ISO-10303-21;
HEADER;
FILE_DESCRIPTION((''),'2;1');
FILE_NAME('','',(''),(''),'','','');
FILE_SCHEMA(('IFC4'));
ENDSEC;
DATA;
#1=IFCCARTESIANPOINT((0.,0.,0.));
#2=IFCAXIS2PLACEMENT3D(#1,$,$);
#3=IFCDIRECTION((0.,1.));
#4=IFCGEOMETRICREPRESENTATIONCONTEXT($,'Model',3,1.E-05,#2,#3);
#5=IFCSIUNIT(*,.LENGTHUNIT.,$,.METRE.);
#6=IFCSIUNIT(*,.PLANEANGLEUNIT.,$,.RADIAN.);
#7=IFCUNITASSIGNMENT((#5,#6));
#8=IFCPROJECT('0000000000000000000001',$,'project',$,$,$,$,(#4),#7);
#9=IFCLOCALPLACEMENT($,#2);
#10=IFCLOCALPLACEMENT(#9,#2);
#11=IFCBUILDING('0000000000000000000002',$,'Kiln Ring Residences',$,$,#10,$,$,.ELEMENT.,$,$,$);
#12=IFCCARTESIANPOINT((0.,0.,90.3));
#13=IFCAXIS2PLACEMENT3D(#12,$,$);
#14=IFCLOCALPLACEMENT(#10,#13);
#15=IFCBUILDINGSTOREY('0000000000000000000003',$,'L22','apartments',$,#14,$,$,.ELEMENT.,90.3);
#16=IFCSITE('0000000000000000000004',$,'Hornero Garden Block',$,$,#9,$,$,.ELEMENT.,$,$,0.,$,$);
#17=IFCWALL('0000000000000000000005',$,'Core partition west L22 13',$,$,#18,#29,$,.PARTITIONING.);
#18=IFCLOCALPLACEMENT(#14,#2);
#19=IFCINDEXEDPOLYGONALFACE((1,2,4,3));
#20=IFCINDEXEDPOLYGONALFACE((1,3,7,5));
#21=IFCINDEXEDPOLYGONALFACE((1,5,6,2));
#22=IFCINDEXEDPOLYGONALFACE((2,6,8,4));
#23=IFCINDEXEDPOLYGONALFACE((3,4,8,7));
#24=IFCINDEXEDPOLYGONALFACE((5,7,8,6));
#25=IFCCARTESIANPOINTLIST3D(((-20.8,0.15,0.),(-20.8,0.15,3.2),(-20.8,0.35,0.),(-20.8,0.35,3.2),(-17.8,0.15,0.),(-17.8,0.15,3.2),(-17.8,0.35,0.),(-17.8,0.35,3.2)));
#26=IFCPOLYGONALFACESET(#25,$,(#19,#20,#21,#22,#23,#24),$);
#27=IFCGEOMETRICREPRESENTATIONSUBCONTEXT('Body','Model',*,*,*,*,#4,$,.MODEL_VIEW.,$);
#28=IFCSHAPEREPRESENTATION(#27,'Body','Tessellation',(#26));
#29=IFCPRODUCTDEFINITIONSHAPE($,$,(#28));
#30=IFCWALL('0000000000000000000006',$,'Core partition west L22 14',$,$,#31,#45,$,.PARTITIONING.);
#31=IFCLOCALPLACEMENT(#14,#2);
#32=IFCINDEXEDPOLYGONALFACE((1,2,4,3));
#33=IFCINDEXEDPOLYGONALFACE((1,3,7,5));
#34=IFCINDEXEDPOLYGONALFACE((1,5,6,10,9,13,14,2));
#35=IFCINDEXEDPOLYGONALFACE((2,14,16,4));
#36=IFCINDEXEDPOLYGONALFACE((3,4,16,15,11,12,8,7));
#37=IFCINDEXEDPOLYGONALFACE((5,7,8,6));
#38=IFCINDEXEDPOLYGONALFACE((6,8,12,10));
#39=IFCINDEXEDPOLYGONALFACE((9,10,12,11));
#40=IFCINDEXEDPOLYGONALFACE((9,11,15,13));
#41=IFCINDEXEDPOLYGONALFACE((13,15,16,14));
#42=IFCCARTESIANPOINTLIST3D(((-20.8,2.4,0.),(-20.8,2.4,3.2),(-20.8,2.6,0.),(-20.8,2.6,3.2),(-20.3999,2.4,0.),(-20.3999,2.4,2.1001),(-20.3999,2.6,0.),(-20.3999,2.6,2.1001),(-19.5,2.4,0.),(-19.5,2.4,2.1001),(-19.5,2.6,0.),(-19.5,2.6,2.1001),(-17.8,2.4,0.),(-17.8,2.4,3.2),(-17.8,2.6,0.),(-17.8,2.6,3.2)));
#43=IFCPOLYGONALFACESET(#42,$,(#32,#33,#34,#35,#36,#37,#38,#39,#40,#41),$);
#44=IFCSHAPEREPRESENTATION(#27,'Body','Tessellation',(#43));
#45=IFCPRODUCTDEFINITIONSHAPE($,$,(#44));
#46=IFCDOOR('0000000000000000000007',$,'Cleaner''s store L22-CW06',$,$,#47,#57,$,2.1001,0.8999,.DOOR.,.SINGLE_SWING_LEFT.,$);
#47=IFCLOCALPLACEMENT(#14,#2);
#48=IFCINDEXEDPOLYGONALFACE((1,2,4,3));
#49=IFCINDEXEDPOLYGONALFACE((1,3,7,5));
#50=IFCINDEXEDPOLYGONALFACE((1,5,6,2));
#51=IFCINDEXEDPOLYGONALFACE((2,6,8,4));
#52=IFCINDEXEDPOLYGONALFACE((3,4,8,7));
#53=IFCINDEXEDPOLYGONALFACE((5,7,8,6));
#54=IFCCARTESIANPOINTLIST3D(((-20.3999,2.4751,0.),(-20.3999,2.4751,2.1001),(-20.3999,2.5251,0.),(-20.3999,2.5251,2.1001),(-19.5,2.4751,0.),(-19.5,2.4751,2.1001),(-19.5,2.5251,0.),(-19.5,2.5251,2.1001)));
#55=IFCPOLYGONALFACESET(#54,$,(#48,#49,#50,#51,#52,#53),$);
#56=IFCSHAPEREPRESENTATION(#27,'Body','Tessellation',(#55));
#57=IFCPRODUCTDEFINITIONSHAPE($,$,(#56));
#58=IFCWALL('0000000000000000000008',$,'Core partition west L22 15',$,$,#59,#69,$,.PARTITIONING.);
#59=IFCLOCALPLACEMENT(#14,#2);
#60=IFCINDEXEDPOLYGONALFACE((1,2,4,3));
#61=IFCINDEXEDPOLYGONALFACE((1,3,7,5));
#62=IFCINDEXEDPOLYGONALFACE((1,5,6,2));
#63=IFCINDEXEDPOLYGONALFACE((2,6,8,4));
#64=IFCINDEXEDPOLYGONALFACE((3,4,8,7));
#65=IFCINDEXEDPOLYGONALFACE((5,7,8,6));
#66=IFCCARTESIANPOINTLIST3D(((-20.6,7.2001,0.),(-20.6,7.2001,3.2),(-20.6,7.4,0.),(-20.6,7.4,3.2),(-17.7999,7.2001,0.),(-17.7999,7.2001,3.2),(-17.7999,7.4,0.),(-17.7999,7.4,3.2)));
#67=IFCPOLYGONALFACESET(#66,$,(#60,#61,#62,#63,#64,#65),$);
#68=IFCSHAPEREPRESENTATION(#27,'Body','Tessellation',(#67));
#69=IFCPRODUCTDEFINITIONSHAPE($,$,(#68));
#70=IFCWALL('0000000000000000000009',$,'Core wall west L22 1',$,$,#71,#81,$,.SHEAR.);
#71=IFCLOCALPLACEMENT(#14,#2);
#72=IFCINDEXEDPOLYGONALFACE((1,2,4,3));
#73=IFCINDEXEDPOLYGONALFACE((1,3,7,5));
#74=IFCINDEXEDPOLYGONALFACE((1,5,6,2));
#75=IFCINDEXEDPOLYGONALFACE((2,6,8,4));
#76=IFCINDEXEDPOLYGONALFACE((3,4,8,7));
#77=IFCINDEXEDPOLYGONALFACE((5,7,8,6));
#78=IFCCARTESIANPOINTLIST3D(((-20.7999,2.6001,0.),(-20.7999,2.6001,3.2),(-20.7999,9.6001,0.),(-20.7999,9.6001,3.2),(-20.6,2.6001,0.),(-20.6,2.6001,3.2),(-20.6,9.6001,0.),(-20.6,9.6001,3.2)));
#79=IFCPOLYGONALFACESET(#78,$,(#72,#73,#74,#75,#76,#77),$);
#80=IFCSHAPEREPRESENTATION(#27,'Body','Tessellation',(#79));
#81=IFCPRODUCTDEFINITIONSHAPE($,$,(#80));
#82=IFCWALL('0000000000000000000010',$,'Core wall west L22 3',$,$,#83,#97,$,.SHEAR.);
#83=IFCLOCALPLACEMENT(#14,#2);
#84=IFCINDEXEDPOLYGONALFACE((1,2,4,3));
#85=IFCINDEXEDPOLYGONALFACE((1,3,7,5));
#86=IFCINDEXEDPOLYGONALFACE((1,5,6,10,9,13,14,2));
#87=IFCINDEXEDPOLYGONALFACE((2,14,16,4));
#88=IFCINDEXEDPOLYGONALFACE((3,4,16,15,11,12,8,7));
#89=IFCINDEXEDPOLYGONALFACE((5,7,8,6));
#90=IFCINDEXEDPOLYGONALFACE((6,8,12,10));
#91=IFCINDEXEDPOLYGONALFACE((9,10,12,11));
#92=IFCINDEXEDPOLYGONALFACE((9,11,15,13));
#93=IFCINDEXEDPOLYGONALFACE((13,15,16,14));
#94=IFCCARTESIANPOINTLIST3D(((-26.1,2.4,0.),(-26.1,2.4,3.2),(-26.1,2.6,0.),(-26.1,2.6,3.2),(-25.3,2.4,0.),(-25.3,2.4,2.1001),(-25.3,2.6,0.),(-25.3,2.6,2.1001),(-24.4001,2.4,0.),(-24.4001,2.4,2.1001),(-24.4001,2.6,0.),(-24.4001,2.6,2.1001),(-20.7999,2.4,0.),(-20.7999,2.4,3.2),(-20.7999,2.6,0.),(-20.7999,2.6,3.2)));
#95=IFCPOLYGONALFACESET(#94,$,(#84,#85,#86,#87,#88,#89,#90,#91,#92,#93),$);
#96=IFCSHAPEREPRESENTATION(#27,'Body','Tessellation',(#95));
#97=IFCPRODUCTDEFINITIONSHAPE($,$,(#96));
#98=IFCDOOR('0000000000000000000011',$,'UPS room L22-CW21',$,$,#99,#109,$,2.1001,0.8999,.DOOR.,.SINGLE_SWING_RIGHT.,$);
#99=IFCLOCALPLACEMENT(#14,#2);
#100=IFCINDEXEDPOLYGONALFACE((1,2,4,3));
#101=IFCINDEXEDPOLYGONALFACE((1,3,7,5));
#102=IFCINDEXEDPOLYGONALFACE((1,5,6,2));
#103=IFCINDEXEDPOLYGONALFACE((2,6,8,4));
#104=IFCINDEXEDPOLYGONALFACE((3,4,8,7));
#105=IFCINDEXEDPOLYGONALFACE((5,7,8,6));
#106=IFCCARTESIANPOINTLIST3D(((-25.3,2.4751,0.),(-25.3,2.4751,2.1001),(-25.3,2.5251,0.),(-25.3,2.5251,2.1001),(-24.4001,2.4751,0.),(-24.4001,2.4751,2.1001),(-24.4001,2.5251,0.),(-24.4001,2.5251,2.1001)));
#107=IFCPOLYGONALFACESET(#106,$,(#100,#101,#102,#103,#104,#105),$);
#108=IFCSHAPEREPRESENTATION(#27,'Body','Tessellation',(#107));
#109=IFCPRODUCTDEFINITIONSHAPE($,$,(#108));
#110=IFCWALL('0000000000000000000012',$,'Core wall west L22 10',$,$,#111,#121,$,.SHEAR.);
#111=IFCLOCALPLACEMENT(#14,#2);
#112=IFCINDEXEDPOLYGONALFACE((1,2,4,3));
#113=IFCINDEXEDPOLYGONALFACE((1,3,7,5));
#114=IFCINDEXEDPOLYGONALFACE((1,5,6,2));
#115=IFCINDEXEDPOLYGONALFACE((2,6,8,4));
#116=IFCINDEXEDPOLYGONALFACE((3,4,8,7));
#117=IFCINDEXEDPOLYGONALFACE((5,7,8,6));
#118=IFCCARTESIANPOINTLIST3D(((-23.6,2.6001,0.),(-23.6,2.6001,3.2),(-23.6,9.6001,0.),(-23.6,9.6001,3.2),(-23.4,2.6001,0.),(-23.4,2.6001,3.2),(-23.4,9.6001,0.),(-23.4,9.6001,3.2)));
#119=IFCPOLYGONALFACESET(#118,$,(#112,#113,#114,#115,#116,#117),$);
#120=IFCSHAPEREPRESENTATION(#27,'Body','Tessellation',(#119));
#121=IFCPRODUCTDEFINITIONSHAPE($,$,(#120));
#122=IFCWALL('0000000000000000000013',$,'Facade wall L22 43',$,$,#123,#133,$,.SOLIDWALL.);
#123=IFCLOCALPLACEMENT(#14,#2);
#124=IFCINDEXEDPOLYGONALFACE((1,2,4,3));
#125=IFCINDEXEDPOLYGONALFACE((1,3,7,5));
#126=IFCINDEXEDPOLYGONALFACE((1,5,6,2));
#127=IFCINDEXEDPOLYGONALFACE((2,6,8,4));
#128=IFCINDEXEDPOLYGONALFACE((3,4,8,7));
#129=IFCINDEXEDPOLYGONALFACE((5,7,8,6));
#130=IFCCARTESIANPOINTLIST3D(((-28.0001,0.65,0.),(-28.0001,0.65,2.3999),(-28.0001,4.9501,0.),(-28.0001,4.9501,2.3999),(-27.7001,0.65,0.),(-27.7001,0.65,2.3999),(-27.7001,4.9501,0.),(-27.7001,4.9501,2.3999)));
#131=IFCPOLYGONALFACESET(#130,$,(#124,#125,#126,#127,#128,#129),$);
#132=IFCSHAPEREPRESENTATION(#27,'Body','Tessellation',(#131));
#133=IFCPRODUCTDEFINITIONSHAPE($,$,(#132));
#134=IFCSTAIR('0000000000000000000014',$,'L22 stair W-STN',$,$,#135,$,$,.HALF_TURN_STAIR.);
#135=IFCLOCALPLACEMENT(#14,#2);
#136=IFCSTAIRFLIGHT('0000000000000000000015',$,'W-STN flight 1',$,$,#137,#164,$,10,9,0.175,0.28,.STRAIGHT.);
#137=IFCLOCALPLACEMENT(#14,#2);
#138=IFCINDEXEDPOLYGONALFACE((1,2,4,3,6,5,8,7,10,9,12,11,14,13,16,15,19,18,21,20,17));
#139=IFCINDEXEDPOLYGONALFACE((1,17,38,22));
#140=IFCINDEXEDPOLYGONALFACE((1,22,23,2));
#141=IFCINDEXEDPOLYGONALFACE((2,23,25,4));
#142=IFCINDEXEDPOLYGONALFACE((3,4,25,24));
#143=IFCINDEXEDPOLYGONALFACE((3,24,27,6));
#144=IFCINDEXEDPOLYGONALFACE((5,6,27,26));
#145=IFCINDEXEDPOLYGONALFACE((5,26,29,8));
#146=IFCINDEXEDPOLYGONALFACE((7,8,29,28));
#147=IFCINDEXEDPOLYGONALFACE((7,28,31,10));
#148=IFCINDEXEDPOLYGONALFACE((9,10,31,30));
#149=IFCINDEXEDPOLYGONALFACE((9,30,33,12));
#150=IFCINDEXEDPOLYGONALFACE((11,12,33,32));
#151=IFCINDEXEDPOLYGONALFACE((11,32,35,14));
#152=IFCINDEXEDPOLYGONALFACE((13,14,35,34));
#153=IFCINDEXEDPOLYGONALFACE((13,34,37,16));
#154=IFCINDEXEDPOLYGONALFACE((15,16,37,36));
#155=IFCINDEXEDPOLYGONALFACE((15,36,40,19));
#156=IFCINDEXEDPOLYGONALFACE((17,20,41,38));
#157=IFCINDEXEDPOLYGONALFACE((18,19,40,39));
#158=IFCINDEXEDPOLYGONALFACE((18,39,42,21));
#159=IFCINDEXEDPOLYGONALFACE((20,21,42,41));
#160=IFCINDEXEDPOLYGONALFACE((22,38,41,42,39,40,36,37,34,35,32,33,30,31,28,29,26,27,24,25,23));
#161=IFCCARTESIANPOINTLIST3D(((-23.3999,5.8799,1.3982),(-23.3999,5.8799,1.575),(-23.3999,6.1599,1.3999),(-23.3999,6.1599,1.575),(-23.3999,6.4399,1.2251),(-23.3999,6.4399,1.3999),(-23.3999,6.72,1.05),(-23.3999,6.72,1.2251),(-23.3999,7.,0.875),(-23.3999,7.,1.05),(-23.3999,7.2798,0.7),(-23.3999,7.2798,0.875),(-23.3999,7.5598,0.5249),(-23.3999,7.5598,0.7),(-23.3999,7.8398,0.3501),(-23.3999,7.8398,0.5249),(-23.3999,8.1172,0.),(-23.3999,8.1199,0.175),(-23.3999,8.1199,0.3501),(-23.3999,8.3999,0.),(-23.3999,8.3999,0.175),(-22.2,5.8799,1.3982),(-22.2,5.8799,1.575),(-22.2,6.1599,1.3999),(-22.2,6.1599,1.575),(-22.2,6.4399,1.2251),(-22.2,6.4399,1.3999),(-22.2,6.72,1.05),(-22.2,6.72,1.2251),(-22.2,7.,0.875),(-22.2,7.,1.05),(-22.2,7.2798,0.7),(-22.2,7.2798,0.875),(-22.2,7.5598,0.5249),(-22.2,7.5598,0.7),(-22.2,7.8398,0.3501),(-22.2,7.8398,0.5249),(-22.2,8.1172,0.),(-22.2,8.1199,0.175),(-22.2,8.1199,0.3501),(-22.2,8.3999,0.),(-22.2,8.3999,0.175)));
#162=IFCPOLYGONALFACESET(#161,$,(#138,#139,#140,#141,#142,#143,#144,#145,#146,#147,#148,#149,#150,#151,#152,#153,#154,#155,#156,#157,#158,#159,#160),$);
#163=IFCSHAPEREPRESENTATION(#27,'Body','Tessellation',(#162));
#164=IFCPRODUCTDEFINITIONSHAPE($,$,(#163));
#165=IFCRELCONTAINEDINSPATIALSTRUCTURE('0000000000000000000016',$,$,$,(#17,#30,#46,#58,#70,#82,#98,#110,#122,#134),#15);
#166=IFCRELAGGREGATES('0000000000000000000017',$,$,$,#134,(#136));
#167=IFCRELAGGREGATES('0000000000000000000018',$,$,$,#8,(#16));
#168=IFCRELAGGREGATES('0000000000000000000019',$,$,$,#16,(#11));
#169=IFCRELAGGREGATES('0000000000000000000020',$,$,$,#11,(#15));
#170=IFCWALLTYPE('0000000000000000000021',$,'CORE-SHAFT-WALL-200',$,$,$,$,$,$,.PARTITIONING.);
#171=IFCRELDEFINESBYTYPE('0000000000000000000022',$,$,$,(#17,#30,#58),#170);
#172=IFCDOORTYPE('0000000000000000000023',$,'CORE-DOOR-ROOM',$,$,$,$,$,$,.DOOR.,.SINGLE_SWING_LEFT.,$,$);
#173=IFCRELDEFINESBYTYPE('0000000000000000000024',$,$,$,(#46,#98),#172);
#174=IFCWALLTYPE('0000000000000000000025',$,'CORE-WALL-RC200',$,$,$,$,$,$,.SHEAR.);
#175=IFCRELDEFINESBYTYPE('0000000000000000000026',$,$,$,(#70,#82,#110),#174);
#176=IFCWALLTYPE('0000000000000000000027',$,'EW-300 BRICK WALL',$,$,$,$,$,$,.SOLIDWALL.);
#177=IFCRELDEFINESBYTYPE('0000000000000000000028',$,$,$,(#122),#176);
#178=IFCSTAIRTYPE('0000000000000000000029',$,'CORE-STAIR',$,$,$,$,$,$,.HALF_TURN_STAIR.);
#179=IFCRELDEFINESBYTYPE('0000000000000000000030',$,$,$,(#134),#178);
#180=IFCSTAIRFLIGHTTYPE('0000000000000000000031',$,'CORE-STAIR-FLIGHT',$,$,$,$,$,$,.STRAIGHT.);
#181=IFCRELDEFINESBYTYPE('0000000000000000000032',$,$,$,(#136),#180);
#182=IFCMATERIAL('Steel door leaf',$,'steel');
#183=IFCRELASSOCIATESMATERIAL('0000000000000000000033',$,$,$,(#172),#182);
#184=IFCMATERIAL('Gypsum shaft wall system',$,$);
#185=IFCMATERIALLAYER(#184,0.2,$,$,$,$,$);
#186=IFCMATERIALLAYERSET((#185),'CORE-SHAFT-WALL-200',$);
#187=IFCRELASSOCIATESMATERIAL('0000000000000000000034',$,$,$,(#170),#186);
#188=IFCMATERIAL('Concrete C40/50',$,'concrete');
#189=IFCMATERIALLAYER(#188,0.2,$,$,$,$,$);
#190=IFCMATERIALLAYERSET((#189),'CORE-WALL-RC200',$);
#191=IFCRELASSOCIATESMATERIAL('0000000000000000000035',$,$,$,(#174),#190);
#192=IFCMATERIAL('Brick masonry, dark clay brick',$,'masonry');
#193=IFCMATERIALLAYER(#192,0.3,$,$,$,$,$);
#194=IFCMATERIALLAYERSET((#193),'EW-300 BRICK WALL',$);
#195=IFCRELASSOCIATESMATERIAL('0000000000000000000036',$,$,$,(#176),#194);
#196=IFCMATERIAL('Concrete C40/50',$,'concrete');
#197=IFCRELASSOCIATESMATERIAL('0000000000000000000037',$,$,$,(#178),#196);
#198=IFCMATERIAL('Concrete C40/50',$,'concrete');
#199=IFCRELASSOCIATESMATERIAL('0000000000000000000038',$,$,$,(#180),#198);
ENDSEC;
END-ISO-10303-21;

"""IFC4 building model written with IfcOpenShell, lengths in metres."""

from ifc_helpers import new_model, si_unit, direction, frame, frame_2d, origin, place, context, subcontext, project, spatial, polyline, rectangle, outline, extrude, material, layer, layer_set, type_object, element, fill, aggregate, save


model = new_model("IFC4")

# Units and contexts
model_context = context("Model", 3, precision=1e-05, world=origin(), true_north=direction((0.0, 1.0)))
body_context = subcontext(model_context, "Body", "Model", "MODEL_VIEW")
ifc_project = project(units=[si_unit("LENGTHUNIT", "METRE"), si_unit("PLANEANGLEUNIT", "RADIAN")], contexts=[model_context])

# Site, building, storey
site_placement = place(None, origin())
site = spatial("IfcSite", under=ifc_project, at=site_placement, Name="Hornero Garden Block", CompositionType="ELEMENT", RefElevation=0.0)
building_placement = place(site_placement, origin())
building = spatial("IfcBuilding", under=site, at=building_placement, Name="Kiln Ring Residences", CompositionType="ELEMENT")
storey_placement = place(building_placement, frame((0.0, 0.0, 90.3)))
storey = spatial("IfcBuildingStorey", under=building, at=storey_placement, Name="L22", Description="apartments", CompositionType="ELEMENT", Elevation=90.3)

# Shared definitions
ifc_material_1 = material(Name="Steel door leaf", Category="steel")
door_type = type_object("IfcDoorType", Name="CORE-DOOR-ROOM", OperationType="SINGLE_SWING_LEFT", PredefinedType="DOOR", material=ifc_material_1)

# Wall
ifc_material_2 = material(Name="Gypsum shaft wall system")
ifc_layer_1 = layer(ifc_material_2, 0.2)
ifc_layer_set_1 = layer_set([ifc_layer_1], Name="CORE-SHAFT-WALL-200")
wall_type_1 = type_object("IfcWallType", Name="CORE-SHAFT-WALL-200", PredefinedType="PARTITIONING", material=ifc_layer_set_1)
wall_1_placement = place(storey_placement, frame((-17.8, 0.25, 0.0), z_axis=(0.0, 0.0, 1.0), x_axis=(-1.0, 0.0, 0.0)))
element("IfcWall", 1, at=wall_1_placement, inside=storey, type_object=wall_type_1, Name="Core partition west L22 13", PredefinedType="PARTITIONING", context=body_context, shape_type="SweptSolid", body=[
    extrude(rectangle(XDim=3.0, YDim=0.2, at=frame_2d((1.5, 0.0))), origin(), (0.0, 0.0, 1.0), 3.2),
])

# Wall, opening, door
wall_2_placement = place(storey_placement, frame((-17.8, 2.5, 0.0), z_axis=(0.0, 0.0, 1.0), x_axis=(-1.0, 0.0, 0.0)))
wall_2 = element("IfcWall", 2, at=wall_2_placement, inside=storey, type_object=wall_type_1, Name="Core partition west L22 14", PredefinedType="PARTITIONING", context=body_context, shape_type="SweptSolid", body=[
    extrude(rectangle(XDim=3.0, YDim=0.2, at=frame_2d((1.5, 0.0))), origin(), (0.0, 0.0, 1.0), 3.2),
])
opening_1_placement = place(wall_2_placement, frame((1.7, 0.0, 0.0)))
opening_1 = element("IfcOpeningElement", 3, at=opening_1_placement, cuts=wall_2, PredefinedType="OPENING", context=body_context, shape_type="SweptSolid", body=[
    extrude(rectangle(XDim=0.8999, YDim=2.1001, at=frame_2d((0.45, 1.05))), frame((0.0, 0.1099, 0.0), z_axis=(0.0, -1.0, 0.0), x_axis=(1.0, 0.0, 0.0)), (0.0, 0.0, 1.0), 0.22),
])
door_1_placement = place(opening_1_placement, origin())
door_1 = element("IfcDoor", 4, at=door_1_placement, inside=storey, type_object=door_type, Name="Cleaner's store L22-CW06", OperationType="SINGLE_SWING_LEFT", OverallHeight=2.1001, OverallWidth=0.8999, PredefinedType="DOOR", context=body_context, shape_type="SweptSolid", body=[
    extrude(rectangle(XDim=0.8999, YDim=2.1001, at=frame_2d((0.45, 1.05))), frame((0.0, 0.0249, 0.0), z_axis=(0.0, -1.0, 0.0), x_axis=(1.0, 0.0, 0.0)), (0.0, 0.0, 1.0), 0.05),
])
fill(opening_1, door_1)

# Walls
wall_3_placement = place(storey_placement, frame((-17.8, 7.3, 0.0), z_axis=(0.0, 0.0, 1.0), x_axis=(-1.0, 0.0, 0.0)))
element("IfcWall", 5, at=wall_3_placement, inside=storey, type_object=wall_type_1, Name="Core partition west L22 15", PredefinedType="PARTITIONING", context=body_context, shape_type="SweptSolid", body=[
    extrude(rectangle(XDim=2.8, YDim=0.2, at=frame_2d((1.3999, 0.0))), origin(), (0.0, 0.0, 1.0), 3.2),
])
ifc_material_3 = material(Name="Concrete C40/50", Category="concrete")
ifc_layer_2 = layer(ifc_material_3, 0.2)
ifc_layer_set_2 = layer_set([ifc_layer_2], Name="CORE-WALL-RC200")
wall_type_2 = type_object("IfcWallType", Name="CORE-WALL-RC200", PredefinedType="SHEAR", material=ifc_layer_set_2)
wall_4_placement = place(storey_placement, frame((-20.7, 2.6001, 0.0), z_axis=(0.0, 0.0, 1.0), x_axis=(0.0, 1.0, 0.0)))
element("IfcWall", 6, at=wall_4_placement, inside=storey, type_object=wall_type_2, Name="Core wall west L22 1", PredefinedType="SHEAR", context=body_context, shape_type="SweptSolid", body=[
    extrude(rectangle(XDim=7.0, YDim=0.2, at=frame_2d((3.5, 0.0))), origin(), (0.0, 0.0, 1.0), 3.2),
])

# Wall, opening, door
wall_5_placement = place(storey_placement, frame((-20.8, 2.5, 0.0), z_axis=(0.0, 0.0, 1.0), x_axis=(-1.0, 0.0, 0.0)))
wall_5 = element("IfcWall", 7, at=wall_5_placement, inside=storey, type_object=wall_type_2, Name="Core wall west L22 3", PredefinedType="SHEAR", context=body_context, shape_type="SweptSolid", body=[
    extrude(rectangle(XDim=5.3, YDim=0.2, at=frame_2d((2.6499, 0.0))), origin(), (0.0, 0.0, 1.0), 3.2),
])
opening_2_placement = place(wall_5_placement, frame((3.6001, 0.0, 0.0)))
opening_2 = element("IfcOpeningElement", 8, at=opening_2_placement, cuts=wall_5, PredefinedType="OPENING", context=body_context, shape_type="SweptSolid", body=[
    extrude(rectangle(XDim=0.8999, YDim=2.1001, at=frame_2d((0.45, 1.05))), frame((0.0, 0.1099, 0.0), z_axis=(0.0, -1.0, 0.0), x_axis=(1.0, 0.0, 0.0)), (0.0, 0.0, 1.0), 0.22),
])
door_2_placement = place(opening_2_placement, origin())
door_2 = element("IfcDoor", 9, at=door_2_placement, inside=storey, type_object=door_type, Name="UPS room L22-CW21", OperationType="SINGLE_SWING_RIGHT", OverallHeight=2.1001, OverallWidth=0.8999, PredefinedType="DOOR", context=body_context, shape_type="SweptSolid", body=[
    extrude(rectangle(XDim=0.8999, YDim=2.1001, at=frame_2d((0.45, 1.05))), frame((0.0, 0.0249, 0.0), z_axis=(0.0, -1.0, 0.0), x_axis=(1.0, 0.0, 0.0)), (0.0, 0.0, 1.0), 0.05),
])
fill(opening_2, door_2)

# Walls
wall_6_placement = place(storey_placement, frame((-23.5, 2.6001, 0.0), z_axis=(0.0, 0.0, 1.0), x_axis=(0.0, 1.0, 0.0)))
element("IfcWall", 10, at=wall_6_placement, inside=storey, type_object=wall_type_2, Name="Core wall west L22 10", PredefinedType="SHEAR", context=body_context, shape_type="SweptSolid", body=[
    extrude(rectangle(XDim=7.0, YDim=0.2, at=frame_2d((3.5, 0.0))), origin(), (0.0, 0.0, 1.0), 3.2),
])
ifc_material_4 = material(Name="Brick masonry, dark clay brick", Category="masonry")
ifc_layer_3 = layer(ifc_material_4, 0.3)
ifc_layer_set_3 = layer_set([ifc_layer_3], Name="EW-300 BRICK WALL")
wall_type_3 = type_object("IfcWallType", Name="EW-300 BRICK WALL", PredefinedType="SOLIDWALL", material=ifc_layer_set_3)
wall_7_placement = place(storey_placement, frame((-27.8501, 4.95, 0.0), z_axis=(0.0, 0.0, 1.0), x_axis=(0.0, -1.0, 0.0)))
element("IfcWall", 11, at=wall_7_placement, inside=storey, type_object=wall_type_3, Name="Facade wall L22 43", PredefinedType="SOLIDWALL", context=body_context, shape_type="SweptSolid", body=[
    extrude(rectangle(XDim=4.3, YDim=0.3, at=frame_2d((2.1499, 0.0))), origin(), (0.0, 0.0, 1.0), 2.3999),
])

# Stair, stair flight
ifc_material_5 = material(Name="Concrete C40/50", Category="concrete")
stair_type = type_object("IfcStairType", Name="CORE-STAIR", PredefinedType="HALF_TURN_STAIR", material=ifc_material_5)
stair_placement = place(storey_placement, origin())
stair = element("IfcStair", 12, at=stair_placement, inside=storey, type_object=stair_type, Name="L22 stair W-STN", PredefinedType="HALF_TURN_STAIR")
ifc_material_6 = material(Name="Concrete C40/50", Category="concrete")
stair_flight_type = type_object("IfcStairFlightType", Name="CORE-STAIR-FLIGHT", PredefinedType="STRAIGHT", material=ifc_material_6)
stair_flight_1_placement = place(storey_placement, frame((-22.8, 8.3999, 0.0), z_axis=(0.0, 0.0, 1.0), x_axis=(0.0, -1.0, 0.0)))
stair_flight_1 = element("IfcStairFlight", 13, at=stair_flight_1_placement, type_object=stair_flight_type, Name="W-STN flight 1", NumberOfRisers=10, NumberOfTreads=9, PredefinedType="STRAIGHT", RiserHeight=0.175, TreadLength=0.28, context=body_context, shape_type="SweptSolid", body=[
    extrude(outline(polyline([(0.0, 0.0), (0.0, 0.175), (0.28, 0.175), (0.28, 0.3501), (0.5601, 0.3501), (0.5601, 0.5249), (0.8401, 0.5249), (0.8401, 0.7), (1.1201, 0.7), (1.1201, 0.875), (1.3999, 0.875), (1.3999, 1.05), (1.6799, 1.05), (1.6799, 1.2251), (1.96, 1.2251), (1.96, 1.3999), (2.24, 1.3999), (2.24, 1.575), (2.52, 1.575), (2.52, 1.75), (2.52, 1.3982), (0.2827, 0.0), (0.0, 0.0)])), frame((0.0, 0.6001, 0.0), z_axis=(0.0, -1.0, 0.0), x_axis=(1.0, 0.0, 0.0)), (0.0, 0.0, 1.0), 1.2),
])
aggregate(stair, [stair_flight_1])

save(model, "model.ifc")
